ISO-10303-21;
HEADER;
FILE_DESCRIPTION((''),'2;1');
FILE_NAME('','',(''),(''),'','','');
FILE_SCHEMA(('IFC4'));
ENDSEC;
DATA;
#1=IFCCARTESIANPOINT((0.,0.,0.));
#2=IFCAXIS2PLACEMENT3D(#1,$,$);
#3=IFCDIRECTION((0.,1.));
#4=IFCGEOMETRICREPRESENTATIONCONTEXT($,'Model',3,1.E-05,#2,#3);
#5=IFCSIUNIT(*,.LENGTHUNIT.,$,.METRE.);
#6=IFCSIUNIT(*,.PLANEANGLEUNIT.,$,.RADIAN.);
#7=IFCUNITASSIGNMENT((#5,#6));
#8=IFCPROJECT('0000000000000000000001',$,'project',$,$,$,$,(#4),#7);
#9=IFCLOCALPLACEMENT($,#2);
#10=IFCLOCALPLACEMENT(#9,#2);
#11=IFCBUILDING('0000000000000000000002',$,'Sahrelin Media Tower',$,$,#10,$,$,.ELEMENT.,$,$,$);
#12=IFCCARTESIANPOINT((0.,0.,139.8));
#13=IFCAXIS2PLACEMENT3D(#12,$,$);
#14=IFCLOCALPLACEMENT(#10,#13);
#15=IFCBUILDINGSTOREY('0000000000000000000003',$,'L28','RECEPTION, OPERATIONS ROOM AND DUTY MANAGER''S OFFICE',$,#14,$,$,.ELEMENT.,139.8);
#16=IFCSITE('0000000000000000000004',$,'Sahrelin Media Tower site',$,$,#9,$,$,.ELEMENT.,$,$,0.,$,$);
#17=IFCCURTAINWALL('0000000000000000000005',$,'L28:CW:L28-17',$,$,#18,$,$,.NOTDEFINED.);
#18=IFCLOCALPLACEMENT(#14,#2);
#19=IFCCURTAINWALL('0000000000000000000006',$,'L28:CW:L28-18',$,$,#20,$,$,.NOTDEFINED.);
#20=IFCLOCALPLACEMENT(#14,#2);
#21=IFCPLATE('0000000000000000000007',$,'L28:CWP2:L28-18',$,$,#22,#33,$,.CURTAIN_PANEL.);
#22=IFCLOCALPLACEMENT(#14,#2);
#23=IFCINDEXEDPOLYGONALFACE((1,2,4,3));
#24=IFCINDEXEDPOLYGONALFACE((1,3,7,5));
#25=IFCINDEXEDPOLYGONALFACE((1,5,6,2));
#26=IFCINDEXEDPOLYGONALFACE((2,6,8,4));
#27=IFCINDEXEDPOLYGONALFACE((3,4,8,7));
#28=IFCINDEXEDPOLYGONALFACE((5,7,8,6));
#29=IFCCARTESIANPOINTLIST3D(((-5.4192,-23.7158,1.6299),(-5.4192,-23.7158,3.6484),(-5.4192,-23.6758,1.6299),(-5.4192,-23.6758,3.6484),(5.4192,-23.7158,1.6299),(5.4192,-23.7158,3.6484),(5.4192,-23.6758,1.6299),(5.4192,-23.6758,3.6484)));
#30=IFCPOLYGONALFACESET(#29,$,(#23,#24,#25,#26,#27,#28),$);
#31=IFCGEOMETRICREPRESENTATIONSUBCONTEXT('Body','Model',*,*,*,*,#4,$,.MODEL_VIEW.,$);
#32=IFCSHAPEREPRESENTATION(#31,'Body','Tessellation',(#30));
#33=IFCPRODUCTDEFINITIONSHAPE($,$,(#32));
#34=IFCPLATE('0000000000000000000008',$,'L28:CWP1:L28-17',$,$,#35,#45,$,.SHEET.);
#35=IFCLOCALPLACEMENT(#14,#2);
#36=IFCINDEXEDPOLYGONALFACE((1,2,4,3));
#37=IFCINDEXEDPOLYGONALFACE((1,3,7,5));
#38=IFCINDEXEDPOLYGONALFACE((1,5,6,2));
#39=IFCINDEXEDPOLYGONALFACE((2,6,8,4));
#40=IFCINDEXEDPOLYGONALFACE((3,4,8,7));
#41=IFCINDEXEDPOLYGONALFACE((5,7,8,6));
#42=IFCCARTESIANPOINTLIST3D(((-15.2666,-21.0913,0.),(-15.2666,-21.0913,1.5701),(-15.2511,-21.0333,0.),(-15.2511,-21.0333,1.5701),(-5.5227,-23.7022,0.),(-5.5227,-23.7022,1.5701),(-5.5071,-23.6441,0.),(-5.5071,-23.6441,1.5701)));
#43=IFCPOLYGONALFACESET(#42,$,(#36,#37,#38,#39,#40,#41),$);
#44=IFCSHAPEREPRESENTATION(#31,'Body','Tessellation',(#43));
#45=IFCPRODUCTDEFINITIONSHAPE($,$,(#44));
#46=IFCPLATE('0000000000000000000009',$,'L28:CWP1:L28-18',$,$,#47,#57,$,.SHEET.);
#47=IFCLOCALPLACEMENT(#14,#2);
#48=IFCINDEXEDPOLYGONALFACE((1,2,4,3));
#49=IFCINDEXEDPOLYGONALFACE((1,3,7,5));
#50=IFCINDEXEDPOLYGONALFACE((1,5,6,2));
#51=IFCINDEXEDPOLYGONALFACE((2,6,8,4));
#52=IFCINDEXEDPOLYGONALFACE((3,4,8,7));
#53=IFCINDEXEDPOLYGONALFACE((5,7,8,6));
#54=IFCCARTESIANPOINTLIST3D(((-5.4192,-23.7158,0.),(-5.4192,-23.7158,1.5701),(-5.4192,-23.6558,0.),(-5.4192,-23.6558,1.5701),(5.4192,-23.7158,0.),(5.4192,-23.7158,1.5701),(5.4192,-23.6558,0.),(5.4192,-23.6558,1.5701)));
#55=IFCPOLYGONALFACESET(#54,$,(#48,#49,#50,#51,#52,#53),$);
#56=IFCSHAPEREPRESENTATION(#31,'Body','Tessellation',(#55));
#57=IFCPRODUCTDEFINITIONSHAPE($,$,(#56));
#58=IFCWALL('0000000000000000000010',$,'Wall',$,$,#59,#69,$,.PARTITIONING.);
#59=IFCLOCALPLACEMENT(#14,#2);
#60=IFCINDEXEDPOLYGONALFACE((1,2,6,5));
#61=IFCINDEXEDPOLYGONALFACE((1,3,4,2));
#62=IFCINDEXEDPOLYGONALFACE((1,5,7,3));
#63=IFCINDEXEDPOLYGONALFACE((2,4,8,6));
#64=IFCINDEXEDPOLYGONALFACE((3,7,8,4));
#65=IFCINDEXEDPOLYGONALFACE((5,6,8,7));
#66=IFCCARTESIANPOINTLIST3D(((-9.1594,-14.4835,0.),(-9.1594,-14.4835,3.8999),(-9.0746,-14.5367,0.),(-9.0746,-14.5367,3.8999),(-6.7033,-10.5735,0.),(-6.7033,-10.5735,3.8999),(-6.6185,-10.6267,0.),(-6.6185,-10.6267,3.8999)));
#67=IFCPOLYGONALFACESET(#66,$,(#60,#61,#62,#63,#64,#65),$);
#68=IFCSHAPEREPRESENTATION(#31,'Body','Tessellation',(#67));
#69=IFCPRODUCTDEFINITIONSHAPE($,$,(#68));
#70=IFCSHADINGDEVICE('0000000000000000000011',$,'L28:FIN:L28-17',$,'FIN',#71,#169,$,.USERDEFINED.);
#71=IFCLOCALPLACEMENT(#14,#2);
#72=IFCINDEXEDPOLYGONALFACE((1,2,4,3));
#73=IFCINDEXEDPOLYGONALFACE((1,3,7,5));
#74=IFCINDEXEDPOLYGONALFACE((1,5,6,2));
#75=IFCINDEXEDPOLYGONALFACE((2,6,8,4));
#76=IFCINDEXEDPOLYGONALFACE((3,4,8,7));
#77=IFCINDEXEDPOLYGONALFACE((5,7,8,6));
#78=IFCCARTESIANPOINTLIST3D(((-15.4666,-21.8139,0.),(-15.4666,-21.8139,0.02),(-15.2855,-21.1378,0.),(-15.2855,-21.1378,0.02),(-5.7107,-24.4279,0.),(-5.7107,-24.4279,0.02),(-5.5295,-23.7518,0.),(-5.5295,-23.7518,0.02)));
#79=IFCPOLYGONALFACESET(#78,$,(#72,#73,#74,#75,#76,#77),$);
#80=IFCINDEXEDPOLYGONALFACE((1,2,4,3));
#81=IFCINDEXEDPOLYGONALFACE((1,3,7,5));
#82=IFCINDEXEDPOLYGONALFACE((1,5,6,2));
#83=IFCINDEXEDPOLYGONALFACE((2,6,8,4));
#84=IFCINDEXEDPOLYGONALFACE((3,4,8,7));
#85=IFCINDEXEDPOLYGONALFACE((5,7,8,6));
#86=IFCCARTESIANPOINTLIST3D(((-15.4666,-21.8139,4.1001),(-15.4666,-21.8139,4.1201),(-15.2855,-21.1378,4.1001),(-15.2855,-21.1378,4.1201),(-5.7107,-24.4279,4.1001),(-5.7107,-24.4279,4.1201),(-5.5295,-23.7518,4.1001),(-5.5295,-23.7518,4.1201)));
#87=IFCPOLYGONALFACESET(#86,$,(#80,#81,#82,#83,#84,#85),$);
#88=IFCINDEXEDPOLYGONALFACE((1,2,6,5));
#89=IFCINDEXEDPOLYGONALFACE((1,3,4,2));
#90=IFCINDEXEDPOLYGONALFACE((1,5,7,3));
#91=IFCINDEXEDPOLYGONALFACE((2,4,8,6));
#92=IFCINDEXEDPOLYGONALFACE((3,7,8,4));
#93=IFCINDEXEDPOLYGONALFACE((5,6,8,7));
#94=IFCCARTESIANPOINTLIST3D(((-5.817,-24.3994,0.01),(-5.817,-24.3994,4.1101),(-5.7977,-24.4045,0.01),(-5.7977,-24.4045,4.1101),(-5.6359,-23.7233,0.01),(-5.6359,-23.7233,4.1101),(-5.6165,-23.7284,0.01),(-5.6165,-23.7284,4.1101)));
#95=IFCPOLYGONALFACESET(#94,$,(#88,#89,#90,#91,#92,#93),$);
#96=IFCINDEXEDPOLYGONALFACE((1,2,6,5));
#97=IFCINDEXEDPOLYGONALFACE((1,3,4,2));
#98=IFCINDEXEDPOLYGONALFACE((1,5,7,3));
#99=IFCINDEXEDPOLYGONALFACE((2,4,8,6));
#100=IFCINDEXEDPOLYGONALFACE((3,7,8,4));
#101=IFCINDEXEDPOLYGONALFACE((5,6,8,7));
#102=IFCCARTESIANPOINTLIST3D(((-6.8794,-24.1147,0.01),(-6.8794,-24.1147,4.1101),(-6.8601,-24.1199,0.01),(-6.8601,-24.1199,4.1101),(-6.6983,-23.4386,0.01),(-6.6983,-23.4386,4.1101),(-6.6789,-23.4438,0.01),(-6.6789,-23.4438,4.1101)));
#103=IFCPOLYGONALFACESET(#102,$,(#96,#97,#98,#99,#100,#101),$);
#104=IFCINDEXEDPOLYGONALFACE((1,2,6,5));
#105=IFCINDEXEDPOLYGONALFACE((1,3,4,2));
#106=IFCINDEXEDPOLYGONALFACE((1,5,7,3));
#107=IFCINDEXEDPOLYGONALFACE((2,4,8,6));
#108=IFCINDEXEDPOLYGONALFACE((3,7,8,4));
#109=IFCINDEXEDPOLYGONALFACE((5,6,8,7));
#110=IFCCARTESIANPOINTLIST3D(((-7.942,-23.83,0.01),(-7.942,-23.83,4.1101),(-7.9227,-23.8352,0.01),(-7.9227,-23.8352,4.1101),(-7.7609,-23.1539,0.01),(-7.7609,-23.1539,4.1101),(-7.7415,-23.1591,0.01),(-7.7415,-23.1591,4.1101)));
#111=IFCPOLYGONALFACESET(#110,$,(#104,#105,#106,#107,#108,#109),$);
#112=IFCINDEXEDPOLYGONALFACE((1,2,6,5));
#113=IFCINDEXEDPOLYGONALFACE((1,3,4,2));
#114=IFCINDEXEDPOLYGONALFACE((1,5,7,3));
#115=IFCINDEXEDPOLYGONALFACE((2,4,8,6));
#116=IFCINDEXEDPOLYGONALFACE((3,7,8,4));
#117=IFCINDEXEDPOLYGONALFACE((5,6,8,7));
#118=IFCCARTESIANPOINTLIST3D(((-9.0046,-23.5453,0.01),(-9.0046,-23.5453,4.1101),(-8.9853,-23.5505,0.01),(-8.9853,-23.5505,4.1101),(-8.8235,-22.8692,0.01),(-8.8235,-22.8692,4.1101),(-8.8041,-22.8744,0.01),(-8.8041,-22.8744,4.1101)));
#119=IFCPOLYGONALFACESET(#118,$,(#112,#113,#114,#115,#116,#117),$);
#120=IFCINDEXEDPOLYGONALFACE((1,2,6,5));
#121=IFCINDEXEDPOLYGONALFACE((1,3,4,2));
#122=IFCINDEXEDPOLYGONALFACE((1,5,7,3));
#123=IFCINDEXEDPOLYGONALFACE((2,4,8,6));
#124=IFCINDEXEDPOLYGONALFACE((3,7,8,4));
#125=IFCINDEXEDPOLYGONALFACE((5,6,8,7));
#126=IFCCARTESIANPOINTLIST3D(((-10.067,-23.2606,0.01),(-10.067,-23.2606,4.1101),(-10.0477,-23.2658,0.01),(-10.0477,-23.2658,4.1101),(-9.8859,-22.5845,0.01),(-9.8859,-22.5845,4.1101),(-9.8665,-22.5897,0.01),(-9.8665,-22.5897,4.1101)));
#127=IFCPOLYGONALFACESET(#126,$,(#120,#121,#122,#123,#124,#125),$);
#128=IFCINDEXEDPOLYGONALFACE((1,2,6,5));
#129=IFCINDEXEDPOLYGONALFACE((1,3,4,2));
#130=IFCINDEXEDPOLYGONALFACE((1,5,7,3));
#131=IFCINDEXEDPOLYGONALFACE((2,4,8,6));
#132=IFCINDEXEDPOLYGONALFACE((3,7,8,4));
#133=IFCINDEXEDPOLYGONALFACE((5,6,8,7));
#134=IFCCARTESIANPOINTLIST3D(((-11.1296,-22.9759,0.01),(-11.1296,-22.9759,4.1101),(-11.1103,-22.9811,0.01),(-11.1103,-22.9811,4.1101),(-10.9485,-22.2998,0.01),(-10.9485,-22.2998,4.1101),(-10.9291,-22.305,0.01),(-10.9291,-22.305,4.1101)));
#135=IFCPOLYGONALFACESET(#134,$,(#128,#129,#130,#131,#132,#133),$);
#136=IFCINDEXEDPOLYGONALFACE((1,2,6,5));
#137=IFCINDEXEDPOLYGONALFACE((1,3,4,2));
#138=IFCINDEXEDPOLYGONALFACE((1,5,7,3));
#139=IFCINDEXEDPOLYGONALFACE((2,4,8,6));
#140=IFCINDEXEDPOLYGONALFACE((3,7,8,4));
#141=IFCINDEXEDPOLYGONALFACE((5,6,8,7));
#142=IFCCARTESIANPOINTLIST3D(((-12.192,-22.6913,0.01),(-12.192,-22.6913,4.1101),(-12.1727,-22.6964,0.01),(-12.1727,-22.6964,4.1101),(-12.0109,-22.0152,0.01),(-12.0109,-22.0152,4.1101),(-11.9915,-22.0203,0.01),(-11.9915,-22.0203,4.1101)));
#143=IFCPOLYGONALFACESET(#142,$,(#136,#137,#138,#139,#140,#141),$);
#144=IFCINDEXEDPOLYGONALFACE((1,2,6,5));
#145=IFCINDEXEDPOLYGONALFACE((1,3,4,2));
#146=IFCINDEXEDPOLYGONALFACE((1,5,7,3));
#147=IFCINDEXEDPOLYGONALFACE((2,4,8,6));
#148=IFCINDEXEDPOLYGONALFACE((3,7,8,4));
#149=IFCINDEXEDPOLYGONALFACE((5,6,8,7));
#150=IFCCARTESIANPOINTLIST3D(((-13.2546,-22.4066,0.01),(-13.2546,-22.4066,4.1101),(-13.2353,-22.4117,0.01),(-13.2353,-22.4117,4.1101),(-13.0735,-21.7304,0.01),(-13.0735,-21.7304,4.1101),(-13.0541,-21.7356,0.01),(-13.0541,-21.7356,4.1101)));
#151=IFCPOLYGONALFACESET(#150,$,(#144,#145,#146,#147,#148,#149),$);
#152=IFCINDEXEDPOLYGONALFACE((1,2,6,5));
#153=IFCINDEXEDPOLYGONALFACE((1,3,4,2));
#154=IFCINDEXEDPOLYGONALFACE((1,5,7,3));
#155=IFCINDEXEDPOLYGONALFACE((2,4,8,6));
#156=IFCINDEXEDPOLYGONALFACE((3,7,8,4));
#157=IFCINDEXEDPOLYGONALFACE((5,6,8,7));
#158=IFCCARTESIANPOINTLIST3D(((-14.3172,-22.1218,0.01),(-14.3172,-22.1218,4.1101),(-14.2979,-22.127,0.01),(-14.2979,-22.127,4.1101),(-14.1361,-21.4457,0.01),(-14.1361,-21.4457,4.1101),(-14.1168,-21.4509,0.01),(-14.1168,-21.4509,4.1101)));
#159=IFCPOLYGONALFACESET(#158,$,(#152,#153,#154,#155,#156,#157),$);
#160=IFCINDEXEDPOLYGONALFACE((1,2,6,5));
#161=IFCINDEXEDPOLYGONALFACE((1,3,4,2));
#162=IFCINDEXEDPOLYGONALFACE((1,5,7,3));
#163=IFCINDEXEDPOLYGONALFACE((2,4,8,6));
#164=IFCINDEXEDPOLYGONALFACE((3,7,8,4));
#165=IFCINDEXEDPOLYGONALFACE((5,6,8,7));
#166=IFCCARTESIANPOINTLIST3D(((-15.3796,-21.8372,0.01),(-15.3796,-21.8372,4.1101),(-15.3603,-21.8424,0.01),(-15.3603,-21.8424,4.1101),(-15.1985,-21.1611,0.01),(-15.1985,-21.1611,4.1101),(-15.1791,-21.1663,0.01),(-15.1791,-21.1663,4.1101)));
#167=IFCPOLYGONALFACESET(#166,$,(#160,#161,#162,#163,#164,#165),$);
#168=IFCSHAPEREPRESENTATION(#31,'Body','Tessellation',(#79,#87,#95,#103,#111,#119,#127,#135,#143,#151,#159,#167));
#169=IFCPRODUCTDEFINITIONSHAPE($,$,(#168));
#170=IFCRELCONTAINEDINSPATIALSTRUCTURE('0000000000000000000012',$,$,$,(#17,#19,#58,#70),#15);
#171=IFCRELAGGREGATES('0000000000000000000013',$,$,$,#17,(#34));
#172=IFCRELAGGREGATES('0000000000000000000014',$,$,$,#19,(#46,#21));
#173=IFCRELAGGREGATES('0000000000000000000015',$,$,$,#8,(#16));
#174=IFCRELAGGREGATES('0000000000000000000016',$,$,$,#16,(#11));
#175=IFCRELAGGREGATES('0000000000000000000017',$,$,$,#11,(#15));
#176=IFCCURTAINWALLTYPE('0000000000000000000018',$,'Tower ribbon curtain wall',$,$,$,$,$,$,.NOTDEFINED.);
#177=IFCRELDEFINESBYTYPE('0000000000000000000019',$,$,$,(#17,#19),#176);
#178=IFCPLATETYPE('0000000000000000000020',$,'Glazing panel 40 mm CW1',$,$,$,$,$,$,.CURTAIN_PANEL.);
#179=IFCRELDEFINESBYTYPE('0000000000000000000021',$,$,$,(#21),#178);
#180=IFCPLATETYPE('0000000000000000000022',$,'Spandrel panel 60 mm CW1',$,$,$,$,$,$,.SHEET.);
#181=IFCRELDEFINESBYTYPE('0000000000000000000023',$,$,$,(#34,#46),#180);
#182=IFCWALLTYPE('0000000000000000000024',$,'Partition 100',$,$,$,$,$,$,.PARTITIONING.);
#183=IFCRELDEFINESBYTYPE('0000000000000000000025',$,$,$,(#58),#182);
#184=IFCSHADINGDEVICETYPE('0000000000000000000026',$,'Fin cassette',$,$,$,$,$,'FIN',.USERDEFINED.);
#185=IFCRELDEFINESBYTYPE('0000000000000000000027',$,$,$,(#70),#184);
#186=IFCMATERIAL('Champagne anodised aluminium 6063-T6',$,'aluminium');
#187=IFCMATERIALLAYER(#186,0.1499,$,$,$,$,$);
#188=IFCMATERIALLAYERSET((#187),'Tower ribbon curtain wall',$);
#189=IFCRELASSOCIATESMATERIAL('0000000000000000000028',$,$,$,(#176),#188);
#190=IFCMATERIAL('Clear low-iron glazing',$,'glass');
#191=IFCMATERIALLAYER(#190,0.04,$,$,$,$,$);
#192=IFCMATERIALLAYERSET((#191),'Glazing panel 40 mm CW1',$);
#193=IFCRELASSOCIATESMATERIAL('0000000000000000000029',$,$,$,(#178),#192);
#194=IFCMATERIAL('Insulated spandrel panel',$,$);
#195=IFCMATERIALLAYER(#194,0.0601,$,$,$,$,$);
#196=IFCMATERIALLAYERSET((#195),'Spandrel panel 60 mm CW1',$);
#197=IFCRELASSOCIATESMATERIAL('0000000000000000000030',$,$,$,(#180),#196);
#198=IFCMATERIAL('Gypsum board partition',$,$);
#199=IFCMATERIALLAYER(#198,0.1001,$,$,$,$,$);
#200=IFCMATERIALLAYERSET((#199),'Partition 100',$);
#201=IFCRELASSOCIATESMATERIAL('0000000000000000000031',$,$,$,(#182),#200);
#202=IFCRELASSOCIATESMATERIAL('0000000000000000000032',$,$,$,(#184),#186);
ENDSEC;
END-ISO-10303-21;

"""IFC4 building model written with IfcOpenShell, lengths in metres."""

from ifc_helpers import new_model, si_unit, direction, frame, frame_2d, origin, origin_2d, place, context, subcontext, project, spatial, polyline, rectangle, outline, extrude, material, layer, layer_set, type_object, element, aggregate, save


model = new_model("IFC4")

# Units and contexts
model_context = context("Model", 3, precision=1e-05, world=origin(), true_north=direction((0.0, 1.0)))
body_context = subcontext(model_context, "Body", "Model", "MODEL_VIEW")
ifc_project = project(units=[si_unit("LENGTHUNIT", "METRE"), si_unit("PLANEANGLEUNIT", "RADIAN")], contexts=[model_context])

# Site, building, storey
site_placement = place(None, origin())
site = spatial("IfcSite", under=ifc_project, at=site_placement, Name="Sahrelin Media Tower site", CompositionType="ELEMENT", RefElevation=0.0)
building_placement = place(site_placement, origin())
building = spatial("IfcBuilding", under=site, at=building_placement, Name="Sahrelin Media Tower", CompositionType="ELEMENT")
storey_placement = place(building_placement, frame((0.0, 0.0, 139.8)))
storey = spatial("IfcBuildingStorey", under=building, at=storey_placement, Name="L28", Description="RECEPTION, OPERATIONS ROOM AND DUTY MANAGER'S OFFICE", CompositionType="ELEMENT", Elevation=139.8)

# Curtain walls
ifc_material_1 = material(Name="Champagne anodised aluminium 6063-T6", Category="aluminium")
ifc_layer_1 = layer(ifc_material_1, 0.1499)
ifc_layer_set_1 = layer_set([ifc_layer_1], Name="Tower ribbon curtain wall")
curtain_wall_type = type_object("IfcCurtainWallType", Name="Tower ribbon curtain wall", PredefinedType="NOTDEFINED", material=ifc_layer_set_1)
curtain_wall_1_placement = place(storey_placement, frame((-10.3894, -22.3772, 0.0), z_axis=(0.0, 0.0, 1.0), x_axis=(1.0, 0.0, 0.0)))
curtain_wall_1 = element("IfcCurtainWall", 1, at=curtain_wall_1_placement, inside=storey, type_object=curtain_wall_type, Name="L28:CW:L28-17", PredefinedType="NOTDEFINED")
curtain_wall_2_placement = place(storey_placement, frame((0.0, -23.6958, 0.0), z_axis=(0.0, 0.0, 1.0), x_axis=(1.0, 0.0, 0.0)))
curtain_wall_2 = element("IfcCurtainWall", 2, at=curtain_wall_2_placement, inside=storey, type_object=curtain_wall_type, Name="L28:CW:L28-18", PredefinedType="NOTDEFINED")

# Plates
ifc_material_2 = material(Name="Clear low-iron glazing", Category="glass")
ifc_layer_2 = layer(ifc_material_2, 0.04)
ifc_layer_set_2 = layer_set([ifc_layer_2], Name="Glazing panel 40 mm CW1")
plate_type_1 = type_object("IfcPlateType", Name="Glazing panel 40 mm CW1", PredefinedType="CURTAIN_PANEL", material=ifc_layer_set_2)
plate_1_placement = place(storey_placement, frame((-5.4192, -23.7158, 1.6299), z_axis=(0.0, -1.0, 0.0), x_axis=(1.0, 0.0, 0.0)))
plate_1 = element("IfcPlate", 3, at=plate_1_placement, type_object=plate_type_1, Name="L28:CWP2:L28-18", PredefinedType="CURTAIN_PANEL", context=body_context, shape_type="SweptSolid", body=[
    extrude(outline(polyline([(0.0, 0.0), (10.8384, 0.0), (10.8384, 2.0186), (0.0, 2.0186), (0.0, 0.0)])), origin(), (0.0, 0.0, -1.0), 0.04),
])
ifc_material_3 = material(Name="Insulated spandrel panel")
ifc_layer_3 = layer(ifc_material_3, 0.0601)
ifc_layer_set_3 = layer_set([ifc_layer_3], Name="Spandrel panel 60 mm CW1")
plate_type_2 = type_object("IfcPlateType", Name="Spandrel panel 60 mm CW1", PredefinedType="SHEET", material=ifc_layer_set_3)
plate_2_placement = place(storey_placement, frame((-15.2666, -21.0913, 0.0), z_axis=(-0.258816, -0.965927, 0.0), x_axis=(0.965927, -0.258816, 0.0)))
plate_2 = element("IfcPlate", 4, at=plate_2_placement, type_object=plate_type_2, Name="L28:CWP1:L28-17", PredefinedType="SHEET", context=body_context, shape_type="SweptSolid", body=[
    extrude(outline(polyline([(0.0, 0.0), (10.0876, 0.0), (10.0876, 1.5701), (0.0, 1.5701), (0.0, 0.0)])), origin(), (0.0, 0.0, -1.0), 0.0601),
])
aggregate(curtain_wall_1, [plate_2])
plate_3_placement = place(storey_placement, frame((-5.4192, -23.7158, 0.0), z_axis=(0.0, -1.0, 0.0), x_axis=(1.0, 0.0, 0.0)))
plate_3 = element("IfcPlate", 5, at=plate_3_placement, type_object=plate_type_2, Name="L28:CWP1:L28-18", PredefinedType="SHEET", context=body_context, shape_type="SweptSolid", body=[
    extrude(outline(polyline([(0.0, 0.0), (10.8384, 0.0), (10.8384, 1.5701), (0.0, 1.5701), (0.0, 0.0)])), origin(), (0.0, 0.0, -1.0), 0.0601),
])
aggregate(curtain_wall_2, [plate_3, plate_1])

# Wall
ifc_material_4 = material(Name="Gypsum board partition")
ifc_layer_4 = layer(ifc_material_4, 0.1001)
ifc_layer_set_4 = layer_set([ifc_layer_4], Name="Partition 100")
wall_type = type_object("IfcWallType", Name="Partition 100", PredefinedType="PARTITIONING", material=ifc_layer_set_4)
wall_placement = place(storey_placement, frame((-9.1169, -14.51, 0.0), z_axis=(0.0, 0.0, 1.0), x_axis=(0.531922, 0.846793, 0.0)))
element("IfcWall", 6, at=wall_placement, inside=storey, type_object=wall_type, Name="Wall", PredefinedType="PARTITIONING", context=body_context, shape_type="SweptSolid", body=[
    extrude(rectangle(XDim=4.6174, YDim=0.1001, at=frame_2d((2.3086, 0.0))), origin(), (0.0, 0.0, 1.0), 3.8999),
])

# Shading device
shading_device_type_1 = type_object("IfcShadingDeviceType", Name="Fin cassette", ElementType="FIN", PredefinedType="USERDEFINED", material=ifc_material_1)
placement = place(storey_placement, frame((-10.3894, -22.3772, 0.0), z_axis=(0.0, 0.0, 1.0), x_axis=(-0.965929, 0.258808, 0.0)))
element("IfcShadingDevice", 7, at=placement, inside=storey, type_object=shading_device_type_1, Name="L28:FIN:L28-17", ObjectType="FIN", PredefinedType="USERDEFINED", context=body_context, shape_type="SweptSolid", body=[
    extrude(rectangle(XDim=10.1001, YDim=0.7, at=origin_2d()), frame((0.0, 0.4199, 0.0)), (0.0, 0.0, 1.0), 0.02),
    extrude(rectangle(XDim=10.1001, YDim=0.7, at=origin_2d()), frame((0.0, 0.4199, 4.1001)), (0.0, 0.0, 1.0), 0.02),
    extrude(rectangle(XDim=0.02, YDim=0.7, at=origin_2d()), frame((-4.95, 0.4199, 0.01), z_axis=(0.0, 0.0, 1.0), x_axis=(1.0, 0.0, 0.0)), (0.0, 0.0, 1.0), 4.1001),
    extrude(rectangle(XDim=0.02, YDim=0.7, at=origin_2d()), frame((-3.8501, 0.4199, 0.01), z_axis=(0.0, 0.0, 1.0), x_axis=(1.0, 0.0, 0.0)), (0.0, 0.0, 1.0), 4.1001),
    extrude(rectangle(XDim=0.02, YDim=0.7, at=origin_2d()), frame((-2.75, 0.4199, 0.01), z_axis=(0.0, 0.0, 1.0), x_axis=(1.0, 0.0, 0.0)), (0.0, 0.0, 1.0), 4.1001),
    extrude(rectangle(XDim=0.02, YDim=0.7, at=origin_2d()), frame((-1.6499, 0.4199, 0.01), z_axis=(0.0, 0.0, 1.0), x_axis=(1.0, 0.0, 0.0)), (0.0, 0.0, 1.0), 4.1001),
    extrude(rectangle(XDim=0.02, YDim=0.7, at=origin_2d()), frame((-0.55, 0.4199, 0.01), z_axis=(0.0, 0.0, 1.0), x_axis=(1.0, 0.0, 0.0)), (0.0, 0.0, 1.0), 4.1001),
    extrude(rectangle(XDim=0.02, YDim=0.7, at=origin_2d()), frame((0.55, 0.4199, 0.01), z_axis=(0.0, 0.0, 1.0), x_axis=(1.0, 0.0, 0.0)), (0.0, 0.0, 1.0), 4.1001),
    extrude(rectangle(XDim=0.02, YDim=0.7, at=origin_2d()), frame((1.6499, 0.4199, 0.01), z_axis=(0.0, 0.0, 1.0), x_axis=(1.0, 0.0, 0.0)), (0.0, 0.0, 1.0), 4.1001),
    extrude(rectangle(XDim=0.02, YDim=0.7, at=origin_2d()), frame((2.75, 0.4199, 0.01), z_axis=(0.0, 0.0, 1.0), x_axis=(1.0, 0.0, 0.0)), (0.0, 0.0, 1.0), 4.1001),
    extrude(rectangle(XDim=0.02, YDim=0.7, at=origin_2d()), frame((3.8501, 0.4199, 0.01), z_axis=(0.0, 0.0, 1.0), x_axis=(1.0, 0.0, 0.0)), (0.0, 0.0, 1.0), 4.1001),
    extrude(rectangle(XDim=0.02, YDim=0.7, at=origin_2d()), frame((4.95, 0.4199, 0.01), z_axis=(0.0, 0.0, 1.0), x_axis=(1.0, 0.0, 0.0)), (0.0, 0.0, 1.0), 4.1001),
])

save(model, "model.ifc")
